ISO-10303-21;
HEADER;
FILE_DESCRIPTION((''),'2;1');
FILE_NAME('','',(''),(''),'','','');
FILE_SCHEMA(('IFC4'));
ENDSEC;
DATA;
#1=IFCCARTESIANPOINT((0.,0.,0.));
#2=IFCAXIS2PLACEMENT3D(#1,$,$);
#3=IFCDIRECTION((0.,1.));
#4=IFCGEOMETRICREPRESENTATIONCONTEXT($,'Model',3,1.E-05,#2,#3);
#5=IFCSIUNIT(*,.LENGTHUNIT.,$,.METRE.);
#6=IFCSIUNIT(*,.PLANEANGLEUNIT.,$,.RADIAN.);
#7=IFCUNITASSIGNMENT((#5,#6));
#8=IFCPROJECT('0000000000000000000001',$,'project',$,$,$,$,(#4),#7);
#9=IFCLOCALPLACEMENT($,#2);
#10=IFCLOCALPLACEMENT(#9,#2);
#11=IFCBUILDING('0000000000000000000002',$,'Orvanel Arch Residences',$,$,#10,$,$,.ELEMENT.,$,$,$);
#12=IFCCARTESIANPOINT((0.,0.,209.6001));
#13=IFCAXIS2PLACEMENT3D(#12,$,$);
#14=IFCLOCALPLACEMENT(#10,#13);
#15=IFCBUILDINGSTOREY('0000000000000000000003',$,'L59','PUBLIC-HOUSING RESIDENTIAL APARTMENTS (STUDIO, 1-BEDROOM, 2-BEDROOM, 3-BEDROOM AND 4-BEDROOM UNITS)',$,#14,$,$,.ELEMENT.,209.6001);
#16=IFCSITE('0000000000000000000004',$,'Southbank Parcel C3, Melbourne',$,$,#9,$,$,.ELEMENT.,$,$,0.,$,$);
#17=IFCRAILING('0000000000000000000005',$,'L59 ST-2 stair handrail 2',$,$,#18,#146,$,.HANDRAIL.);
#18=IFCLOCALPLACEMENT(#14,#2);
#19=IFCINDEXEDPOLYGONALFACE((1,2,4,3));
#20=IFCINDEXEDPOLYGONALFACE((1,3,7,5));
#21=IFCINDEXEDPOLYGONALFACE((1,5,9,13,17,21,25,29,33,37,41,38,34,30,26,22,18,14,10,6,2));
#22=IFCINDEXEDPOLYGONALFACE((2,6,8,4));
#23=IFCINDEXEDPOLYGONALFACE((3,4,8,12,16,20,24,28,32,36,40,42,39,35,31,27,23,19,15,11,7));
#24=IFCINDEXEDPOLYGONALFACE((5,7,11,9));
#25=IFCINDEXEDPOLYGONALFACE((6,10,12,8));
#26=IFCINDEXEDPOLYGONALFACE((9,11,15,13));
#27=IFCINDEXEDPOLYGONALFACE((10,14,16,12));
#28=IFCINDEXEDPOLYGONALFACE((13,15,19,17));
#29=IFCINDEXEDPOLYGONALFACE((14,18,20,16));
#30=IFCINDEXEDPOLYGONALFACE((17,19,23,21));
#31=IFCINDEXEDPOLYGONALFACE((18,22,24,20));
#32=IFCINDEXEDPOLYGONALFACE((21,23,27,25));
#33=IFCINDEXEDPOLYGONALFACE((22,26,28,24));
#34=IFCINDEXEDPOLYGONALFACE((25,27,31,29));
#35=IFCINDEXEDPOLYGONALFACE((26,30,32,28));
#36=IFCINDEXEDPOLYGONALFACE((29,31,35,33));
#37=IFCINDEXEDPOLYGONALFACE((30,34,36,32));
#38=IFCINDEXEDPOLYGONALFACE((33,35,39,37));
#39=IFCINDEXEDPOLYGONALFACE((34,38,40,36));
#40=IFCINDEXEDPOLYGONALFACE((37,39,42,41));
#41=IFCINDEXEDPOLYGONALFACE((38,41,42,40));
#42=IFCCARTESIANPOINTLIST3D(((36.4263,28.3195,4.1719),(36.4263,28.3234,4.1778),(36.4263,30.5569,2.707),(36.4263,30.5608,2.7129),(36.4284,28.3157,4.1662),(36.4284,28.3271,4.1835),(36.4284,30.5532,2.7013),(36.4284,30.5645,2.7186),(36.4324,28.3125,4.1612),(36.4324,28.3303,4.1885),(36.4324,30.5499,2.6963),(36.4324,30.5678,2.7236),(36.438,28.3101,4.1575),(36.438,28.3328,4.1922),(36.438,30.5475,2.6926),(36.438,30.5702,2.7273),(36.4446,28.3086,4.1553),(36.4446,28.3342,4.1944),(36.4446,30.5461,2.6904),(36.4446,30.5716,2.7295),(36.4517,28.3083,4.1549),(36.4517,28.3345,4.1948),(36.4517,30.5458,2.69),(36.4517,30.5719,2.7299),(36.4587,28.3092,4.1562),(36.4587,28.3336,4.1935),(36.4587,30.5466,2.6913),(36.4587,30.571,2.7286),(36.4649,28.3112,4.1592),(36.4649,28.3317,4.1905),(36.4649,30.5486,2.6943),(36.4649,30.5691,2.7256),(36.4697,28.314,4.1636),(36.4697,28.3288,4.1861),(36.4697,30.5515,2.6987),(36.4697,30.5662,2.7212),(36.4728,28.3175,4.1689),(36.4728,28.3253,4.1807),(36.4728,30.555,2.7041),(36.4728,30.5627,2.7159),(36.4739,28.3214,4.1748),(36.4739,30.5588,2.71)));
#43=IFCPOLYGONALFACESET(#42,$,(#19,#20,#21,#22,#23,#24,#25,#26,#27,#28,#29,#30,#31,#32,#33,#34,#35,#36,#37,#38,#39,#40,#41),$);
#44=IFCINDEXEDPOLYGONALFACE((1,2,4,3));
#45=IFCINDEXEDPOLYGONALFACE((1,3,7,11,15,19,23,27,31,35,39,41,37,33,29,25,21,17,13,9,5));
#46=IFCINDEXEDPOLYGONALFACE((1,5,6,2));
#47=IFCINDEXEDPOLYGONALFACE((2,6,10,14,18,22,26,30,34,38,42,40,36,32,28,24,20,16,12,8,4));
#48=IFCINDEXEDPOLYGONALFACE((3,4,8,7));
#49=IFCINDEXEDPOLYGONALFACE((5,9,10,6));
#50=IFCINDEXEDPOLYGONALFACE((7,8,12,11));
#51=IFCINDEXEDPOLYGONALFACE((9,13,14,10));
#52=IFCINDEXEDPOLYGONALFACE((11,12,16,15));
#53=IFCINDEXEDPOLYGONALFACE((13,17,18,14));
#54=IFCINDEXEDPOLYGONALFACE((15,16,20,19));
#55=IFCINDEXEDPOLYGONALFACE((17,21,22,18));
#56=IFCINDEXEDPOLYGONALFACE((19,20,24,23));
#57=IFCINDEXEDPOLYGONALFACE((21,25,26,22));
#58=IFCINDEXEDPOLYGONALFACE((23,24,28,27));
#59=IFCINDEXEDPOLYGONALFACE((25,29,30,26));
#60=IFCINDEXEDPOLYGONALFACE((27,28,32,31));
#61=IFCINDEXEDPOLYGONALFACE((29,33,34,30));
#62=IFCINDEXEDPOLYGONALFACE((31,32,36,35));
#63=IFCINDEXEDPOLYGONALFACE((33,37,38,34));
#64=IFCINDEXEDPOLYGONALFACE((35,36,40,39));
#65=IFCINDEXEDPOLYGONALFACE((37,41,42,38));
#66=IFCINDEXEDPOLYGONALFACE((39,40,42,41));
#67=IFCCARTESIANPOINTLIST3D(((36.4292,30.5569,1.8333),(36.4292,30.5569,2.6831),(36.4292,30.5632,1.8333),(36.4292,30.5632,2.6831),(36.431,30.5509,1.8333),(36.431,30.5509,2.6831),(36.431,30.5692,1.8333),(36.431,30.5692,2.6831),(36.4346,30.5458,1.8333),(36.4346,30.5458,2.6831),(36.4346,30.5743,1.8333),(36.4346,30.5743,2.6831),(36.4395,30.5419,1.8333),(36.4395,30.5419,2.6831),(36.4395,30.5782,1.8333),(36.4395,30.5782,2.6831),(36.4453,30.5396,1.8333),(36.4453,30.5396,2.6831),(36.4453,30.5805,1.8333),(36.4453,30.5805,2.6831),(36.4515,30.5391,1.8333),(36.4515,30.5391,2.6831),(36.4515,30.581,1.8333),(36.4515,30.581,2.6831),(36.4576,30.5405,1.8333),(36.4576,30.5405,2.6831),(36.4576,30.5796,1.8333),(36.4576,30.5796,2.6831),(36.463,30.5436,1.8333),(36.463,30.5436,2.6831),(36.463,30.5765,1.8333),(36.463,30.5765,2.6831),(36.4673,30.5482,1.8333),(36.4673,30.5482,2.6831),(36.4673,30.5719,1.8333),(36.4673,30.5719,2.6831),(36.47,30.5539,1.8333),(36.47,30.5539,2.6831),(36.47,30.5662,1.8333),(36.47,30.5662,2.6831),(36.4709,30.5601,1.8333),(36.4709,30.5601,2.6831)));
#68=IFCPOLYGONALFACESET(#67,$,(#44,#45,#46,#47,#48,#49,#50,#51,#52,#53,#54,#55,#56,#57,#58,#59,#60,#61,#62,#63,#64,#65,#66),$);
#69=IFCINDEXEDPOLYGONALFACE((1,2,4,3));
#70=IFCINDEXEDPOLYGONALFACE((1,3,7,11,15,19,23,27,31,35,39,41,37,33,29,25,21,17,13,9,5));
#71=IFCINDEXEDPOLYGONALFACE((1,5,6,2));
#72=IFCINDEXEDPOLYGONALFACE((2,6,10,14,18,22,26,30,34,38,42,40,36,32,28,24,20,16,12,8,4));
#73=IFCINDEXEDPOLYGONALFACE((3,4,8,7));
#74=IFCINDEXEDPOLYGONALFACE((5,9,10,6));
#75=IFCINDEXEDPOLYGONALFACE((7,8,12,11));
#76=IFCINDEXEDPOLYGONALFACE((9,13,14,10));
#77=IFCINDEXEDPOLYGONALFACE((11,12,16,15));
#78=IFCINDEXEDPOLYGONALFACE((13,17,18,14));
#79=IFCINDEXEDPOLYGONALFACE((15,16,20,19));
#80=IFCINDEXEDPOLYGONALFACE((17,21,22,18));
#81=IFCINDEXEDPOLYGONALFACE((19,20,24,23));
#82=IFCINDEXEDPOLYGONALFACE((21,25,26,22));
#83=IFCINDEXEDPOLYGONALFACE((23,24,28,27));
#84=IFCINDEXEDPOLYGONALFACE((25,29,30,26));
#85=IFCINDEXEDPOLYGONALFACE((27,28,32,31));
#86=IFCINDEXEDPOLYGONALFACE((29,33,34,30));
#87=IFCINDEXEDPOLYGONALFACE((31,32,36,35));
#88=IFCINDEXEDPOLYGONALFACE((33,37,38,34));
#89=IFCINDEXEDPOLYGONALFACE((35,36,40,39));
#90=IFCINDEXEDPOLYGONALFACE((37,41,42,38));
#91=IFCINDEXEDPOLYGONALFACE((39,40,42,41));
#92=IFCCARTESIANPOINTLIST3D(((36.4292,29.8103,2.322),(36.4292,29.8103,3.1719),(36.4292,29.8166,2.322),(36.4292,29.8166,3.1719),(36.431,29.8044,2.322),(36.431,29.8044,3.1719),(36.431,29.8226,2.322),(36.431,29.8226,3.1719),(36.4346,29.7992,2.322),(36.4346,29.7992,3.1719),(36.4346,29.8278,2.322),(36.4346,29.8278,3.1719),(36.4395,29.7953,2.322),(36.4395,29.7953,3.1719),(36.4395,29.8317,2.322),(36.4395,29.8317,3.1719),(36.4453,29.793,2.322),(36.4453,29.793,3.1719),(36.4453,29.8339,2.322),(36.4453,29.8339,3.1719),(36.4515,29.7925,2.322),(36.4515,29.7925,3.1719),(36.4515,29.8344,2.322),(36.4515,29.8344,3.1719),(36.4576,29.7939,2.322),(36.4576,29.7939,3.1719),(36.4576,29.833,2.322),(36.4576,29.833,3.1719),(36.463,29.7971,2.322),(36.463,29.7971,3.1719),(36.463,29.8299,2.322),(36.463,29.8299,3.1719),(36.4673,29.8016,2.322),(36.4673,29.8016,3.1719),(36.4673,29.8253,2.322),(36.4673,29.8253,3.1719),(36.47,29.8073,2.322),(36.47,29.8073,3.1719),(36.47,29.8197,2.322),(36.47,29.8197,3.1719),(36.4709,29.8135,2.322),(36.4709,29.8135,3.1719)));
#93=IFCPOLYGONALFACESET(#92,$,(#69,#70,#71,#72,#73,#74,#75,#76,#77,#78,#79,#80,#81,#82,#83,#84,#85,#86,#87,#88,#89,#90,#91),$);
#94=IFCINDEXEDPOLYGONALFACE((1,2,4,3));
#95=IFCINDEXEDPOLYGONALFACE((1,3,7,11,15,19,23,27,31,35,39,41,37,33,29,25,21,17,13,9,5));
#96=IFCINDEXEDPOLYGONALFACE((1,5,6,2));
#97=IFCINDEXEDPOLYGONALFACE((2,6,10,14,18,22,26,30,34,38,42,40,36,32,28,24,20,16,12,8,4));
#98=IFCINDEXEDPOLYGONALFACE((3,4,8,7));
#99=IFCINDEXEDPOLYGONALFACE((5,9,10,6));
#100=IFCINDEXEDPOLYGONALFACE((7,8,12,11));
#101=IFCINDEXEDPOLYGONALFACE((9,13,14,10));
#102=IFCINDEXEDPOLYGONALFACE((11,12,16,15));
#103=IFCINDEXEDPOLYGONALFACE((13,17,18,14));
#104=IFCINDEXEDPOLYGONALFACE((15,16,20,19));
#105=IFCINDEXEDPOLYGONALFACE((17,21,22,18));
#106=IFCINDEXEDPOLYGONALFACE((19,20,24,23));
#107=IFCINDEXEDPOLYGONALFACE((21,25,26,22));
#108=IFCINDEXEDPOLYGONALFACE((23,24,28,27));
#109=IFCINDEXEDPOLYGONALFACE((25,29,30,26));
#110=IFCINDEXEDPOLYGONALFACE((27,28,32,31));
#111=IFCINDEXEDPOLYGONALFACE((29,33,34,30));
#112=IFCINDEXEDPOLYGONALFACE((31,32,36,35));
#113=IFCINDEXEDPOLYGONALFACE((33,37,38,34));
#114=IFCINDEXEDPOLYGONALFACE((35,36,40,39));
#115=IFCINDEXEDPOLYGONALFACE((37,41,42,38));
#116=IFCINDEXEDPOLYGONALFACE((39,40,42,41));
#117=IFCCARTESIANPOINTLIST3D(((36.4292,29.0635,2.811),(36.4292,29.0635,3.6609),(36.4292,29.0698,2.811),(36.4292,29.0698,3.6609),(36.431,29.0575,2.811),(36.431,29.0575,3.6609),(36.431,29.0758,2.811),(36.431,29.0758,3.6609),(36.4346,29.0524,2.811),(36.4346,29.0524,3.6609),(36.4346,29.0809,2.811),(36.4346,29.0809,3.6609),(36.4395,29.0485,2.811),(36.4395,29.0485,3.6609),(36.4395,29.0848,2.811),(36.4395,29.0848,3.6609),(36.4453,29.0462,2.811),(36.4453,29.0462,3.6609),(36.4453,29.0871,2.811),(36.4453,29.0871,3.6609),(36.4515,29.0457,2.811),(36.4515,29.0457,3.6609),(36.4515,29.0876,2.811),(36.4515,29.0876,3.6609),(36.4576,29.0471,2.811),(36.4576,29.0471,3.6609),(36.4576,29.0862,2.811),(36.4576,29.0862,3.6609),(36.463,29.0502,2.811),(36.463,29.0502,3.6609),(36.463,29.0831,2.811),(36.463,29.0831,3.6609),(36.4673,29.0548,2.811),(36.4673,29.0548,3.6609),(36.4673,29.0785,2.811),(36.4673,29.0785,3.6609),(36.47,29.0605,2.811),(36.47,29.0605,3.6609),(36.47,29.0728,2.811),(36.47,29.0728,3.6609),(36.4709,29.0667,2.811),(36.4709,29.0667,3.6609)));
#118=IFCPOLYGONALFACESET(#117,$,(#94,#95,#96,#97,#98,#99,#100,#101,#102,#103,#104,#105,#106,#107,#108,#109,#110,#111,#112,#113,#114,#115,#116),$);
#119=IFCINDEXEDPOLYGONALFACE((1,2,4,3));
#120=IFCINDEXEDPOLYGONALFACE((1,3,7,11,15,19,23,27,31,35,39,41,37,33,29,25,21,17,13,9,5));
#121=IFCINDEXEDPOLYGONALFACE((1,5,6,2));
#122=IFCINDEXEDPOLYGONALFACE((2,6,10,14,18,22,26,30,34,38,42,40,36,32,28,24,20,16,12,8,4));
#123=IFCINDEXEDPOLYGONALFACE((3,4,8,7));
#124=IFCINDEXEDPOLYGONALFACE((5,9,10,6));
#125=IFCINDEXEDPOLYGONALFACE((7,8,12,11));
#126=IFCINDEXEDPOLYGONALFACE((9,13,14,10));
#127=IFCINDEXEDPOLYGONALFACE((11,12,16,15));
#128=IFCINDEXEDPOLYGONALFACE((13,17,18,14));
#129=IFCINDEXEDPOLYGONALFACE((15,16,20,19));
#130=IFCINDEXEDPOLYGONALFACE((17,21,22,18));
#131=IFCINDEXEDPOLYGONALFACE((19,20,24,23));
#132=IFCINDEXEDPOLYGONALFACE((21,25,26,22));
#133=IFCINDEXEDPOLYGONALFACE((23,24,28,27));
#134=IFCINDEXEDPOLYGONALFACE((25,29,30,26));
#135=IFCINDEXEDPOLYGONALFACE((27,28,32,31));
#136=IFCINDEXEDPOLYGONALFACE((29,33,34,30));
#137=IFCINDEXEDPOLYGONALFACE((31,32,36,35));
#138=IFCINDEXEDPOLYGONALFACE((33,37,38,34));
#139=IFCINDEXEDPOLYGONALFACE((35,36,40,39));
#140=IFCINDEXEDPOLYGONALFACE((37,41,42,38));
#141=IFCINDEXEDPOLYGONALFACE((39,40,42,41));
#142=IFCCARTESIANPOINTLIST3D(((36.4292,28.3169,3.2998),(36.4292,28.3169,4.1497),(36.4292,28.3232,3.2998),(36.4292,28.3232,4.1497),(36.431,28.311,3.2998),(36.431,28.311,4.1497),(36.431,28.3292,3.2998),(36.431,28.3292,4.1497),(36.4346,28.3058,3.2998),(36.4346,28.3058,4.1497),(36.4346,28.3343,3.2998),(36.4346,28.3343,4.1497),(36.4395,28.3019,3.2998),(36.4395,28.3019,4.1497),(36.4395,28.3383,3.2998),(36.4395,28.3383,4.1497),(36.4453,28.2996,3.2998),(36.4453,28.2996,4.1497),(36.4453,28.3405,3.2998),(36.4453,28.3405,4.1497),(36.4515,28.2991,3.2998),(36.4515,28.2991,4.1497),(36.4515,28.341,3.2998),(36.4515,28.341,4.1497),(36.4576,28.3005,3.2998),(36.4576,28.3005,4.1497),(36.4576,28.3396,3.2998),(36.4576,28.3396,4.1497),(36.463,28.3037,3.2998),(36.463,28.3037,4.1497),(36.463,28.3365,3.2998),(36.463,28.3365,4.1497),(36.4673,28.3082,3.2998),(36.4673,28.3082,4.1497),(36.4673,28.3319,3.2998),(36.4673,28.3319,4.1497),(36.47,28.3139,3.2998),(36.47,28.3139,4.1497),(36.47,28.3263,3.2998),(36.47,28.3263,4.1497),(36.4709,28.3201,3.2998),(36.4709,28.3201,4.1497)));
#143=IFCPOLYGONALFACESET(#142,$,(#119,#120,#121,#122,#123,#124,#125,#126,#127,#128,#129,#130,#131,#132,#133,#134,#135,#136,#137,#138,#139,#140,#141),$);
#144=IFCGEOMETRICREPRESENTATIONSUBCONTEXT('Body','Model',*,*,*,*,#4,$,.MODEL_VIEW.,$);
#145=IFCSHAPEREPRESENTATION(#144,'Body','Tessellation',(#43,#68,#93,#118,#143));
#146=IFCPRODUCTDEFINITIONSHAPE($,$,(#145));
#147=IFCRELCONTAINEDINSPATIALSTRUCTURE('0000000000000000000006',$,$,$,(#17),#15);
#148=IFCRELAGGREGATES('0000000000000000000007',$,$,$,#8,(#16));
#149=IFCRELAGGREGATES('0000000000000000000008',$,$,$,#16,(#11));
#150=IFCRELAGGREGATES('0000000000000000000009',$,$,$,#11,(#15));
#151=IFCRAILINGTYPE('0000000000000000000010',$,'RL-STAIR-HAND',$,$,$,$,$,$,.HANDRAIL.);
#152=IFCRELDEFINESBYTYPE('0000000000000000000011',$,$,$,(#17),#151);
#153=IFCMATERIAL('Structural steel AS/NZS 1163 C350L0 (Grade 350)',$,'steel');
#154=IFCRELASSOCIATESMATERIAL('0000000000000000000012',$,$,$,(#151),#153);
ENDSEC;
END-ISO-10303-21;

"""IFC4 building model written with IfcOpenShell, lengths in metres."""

from ifc_helpers import new_model, si_unit, direction, frame, origin, origin_2d, place, context, subcontext, project, spatial, circle, extrude, material, type_object, element, save


model = new_model("IFC4")

# Units and contexts
model_context = context("Model", 3, precision=1e-05, world=origin(), true_north=direction((0.0, 1.0)))
body_context = subcontext(model_context, "Body", "Model", "MODEL_VIEW")
ifc_project = project(units=[si_unit("LENGTHUNIT", "METRE"), si_unit("PLANEANGLEUNIT", "RADIAN")], contexts=[model_context])

# Site, building, storey
site_placement = place(None, origin())
site = spatial("IfcSite", under=ifc_project, at=site_placement, Name="Southbank Parcel C3, Melbourne", CompositionType="ELEMENT", RefElevation=0.0)
building_placement = place(site_placement, origin())
building = spatial("IfcBuilding", under=site, at=building_placement, Name="Orvanel Arch Residences", CompositionType="ELEMENT")
storey_placement = place(building_placement, frame((0.0, 0.0, 209.6001)))
storey = spatial("IfcBuildingStorey", under=building, at=storey_placement, Name="L59", Description="PUBLIC-HOUSING RESIDENTIAL APARTMENTS (STUDIO, 1-BEDROOM, 2-BEDROOM, 3-BEDROOM AND 4-BEDROOM UNITS)", CompositionType="ELEMENT", Elevation=209.6001)

# Railing
ifc_material_1 = material(Name="Structural steel AS/NZS 1163 C350L0 (Grade 350)", Category="steel")
railing_type_1 = type_object("IfcRailingType", Name="RL-STAIR-HAND", PredefinedType="HANDRAIL", material=ifc_material_1)
railing_1_placement = place(storey_placement, frame((36.45, 30.5601, 1.8333)))
element("IfcRailing", 1, at=railing_1_placement, inside=storey, type_object=railing_type_1, Name="L59 ST-2 stair handrail 2", PredefinedType="HANDRAIL", context=body_context, shape_type="SweptSolid", body=[
    extrude(circle(Radius=0.0239, at=origin_2d()), frame((0.0, -0.0012, 0.8767), z_axis=(0.0, -0.836637, 0.547758), x_axis=(1.0, 0.0, 0.0)), (0.0, 0.0, 1.0), 2.6743),
    extrude(circle(Radius=0.021, at=origin_2d()), origin(), (0.0, 0.0, 1.0), 0.8499),
    extrude(circle(Radius=0.021, at=origin_2d()), frame((0.0, -0.7466, 0.4888)), (0.0, 0.0, 1.0), 0.8499),
    extrude(circle(Radius=0.021, at=origin_2d()), frame((0.0, -1.4934, 0.9778)), (0.0, 0.0, 1.0), 0.8499),
    extrude(circle(Radius=0.021, at=origin_2d()), frame((0.0, -2.24, 1.4666)), (0.0, 0.0, 1.0), 0.8499),
])

save(model, "model.ifc")
